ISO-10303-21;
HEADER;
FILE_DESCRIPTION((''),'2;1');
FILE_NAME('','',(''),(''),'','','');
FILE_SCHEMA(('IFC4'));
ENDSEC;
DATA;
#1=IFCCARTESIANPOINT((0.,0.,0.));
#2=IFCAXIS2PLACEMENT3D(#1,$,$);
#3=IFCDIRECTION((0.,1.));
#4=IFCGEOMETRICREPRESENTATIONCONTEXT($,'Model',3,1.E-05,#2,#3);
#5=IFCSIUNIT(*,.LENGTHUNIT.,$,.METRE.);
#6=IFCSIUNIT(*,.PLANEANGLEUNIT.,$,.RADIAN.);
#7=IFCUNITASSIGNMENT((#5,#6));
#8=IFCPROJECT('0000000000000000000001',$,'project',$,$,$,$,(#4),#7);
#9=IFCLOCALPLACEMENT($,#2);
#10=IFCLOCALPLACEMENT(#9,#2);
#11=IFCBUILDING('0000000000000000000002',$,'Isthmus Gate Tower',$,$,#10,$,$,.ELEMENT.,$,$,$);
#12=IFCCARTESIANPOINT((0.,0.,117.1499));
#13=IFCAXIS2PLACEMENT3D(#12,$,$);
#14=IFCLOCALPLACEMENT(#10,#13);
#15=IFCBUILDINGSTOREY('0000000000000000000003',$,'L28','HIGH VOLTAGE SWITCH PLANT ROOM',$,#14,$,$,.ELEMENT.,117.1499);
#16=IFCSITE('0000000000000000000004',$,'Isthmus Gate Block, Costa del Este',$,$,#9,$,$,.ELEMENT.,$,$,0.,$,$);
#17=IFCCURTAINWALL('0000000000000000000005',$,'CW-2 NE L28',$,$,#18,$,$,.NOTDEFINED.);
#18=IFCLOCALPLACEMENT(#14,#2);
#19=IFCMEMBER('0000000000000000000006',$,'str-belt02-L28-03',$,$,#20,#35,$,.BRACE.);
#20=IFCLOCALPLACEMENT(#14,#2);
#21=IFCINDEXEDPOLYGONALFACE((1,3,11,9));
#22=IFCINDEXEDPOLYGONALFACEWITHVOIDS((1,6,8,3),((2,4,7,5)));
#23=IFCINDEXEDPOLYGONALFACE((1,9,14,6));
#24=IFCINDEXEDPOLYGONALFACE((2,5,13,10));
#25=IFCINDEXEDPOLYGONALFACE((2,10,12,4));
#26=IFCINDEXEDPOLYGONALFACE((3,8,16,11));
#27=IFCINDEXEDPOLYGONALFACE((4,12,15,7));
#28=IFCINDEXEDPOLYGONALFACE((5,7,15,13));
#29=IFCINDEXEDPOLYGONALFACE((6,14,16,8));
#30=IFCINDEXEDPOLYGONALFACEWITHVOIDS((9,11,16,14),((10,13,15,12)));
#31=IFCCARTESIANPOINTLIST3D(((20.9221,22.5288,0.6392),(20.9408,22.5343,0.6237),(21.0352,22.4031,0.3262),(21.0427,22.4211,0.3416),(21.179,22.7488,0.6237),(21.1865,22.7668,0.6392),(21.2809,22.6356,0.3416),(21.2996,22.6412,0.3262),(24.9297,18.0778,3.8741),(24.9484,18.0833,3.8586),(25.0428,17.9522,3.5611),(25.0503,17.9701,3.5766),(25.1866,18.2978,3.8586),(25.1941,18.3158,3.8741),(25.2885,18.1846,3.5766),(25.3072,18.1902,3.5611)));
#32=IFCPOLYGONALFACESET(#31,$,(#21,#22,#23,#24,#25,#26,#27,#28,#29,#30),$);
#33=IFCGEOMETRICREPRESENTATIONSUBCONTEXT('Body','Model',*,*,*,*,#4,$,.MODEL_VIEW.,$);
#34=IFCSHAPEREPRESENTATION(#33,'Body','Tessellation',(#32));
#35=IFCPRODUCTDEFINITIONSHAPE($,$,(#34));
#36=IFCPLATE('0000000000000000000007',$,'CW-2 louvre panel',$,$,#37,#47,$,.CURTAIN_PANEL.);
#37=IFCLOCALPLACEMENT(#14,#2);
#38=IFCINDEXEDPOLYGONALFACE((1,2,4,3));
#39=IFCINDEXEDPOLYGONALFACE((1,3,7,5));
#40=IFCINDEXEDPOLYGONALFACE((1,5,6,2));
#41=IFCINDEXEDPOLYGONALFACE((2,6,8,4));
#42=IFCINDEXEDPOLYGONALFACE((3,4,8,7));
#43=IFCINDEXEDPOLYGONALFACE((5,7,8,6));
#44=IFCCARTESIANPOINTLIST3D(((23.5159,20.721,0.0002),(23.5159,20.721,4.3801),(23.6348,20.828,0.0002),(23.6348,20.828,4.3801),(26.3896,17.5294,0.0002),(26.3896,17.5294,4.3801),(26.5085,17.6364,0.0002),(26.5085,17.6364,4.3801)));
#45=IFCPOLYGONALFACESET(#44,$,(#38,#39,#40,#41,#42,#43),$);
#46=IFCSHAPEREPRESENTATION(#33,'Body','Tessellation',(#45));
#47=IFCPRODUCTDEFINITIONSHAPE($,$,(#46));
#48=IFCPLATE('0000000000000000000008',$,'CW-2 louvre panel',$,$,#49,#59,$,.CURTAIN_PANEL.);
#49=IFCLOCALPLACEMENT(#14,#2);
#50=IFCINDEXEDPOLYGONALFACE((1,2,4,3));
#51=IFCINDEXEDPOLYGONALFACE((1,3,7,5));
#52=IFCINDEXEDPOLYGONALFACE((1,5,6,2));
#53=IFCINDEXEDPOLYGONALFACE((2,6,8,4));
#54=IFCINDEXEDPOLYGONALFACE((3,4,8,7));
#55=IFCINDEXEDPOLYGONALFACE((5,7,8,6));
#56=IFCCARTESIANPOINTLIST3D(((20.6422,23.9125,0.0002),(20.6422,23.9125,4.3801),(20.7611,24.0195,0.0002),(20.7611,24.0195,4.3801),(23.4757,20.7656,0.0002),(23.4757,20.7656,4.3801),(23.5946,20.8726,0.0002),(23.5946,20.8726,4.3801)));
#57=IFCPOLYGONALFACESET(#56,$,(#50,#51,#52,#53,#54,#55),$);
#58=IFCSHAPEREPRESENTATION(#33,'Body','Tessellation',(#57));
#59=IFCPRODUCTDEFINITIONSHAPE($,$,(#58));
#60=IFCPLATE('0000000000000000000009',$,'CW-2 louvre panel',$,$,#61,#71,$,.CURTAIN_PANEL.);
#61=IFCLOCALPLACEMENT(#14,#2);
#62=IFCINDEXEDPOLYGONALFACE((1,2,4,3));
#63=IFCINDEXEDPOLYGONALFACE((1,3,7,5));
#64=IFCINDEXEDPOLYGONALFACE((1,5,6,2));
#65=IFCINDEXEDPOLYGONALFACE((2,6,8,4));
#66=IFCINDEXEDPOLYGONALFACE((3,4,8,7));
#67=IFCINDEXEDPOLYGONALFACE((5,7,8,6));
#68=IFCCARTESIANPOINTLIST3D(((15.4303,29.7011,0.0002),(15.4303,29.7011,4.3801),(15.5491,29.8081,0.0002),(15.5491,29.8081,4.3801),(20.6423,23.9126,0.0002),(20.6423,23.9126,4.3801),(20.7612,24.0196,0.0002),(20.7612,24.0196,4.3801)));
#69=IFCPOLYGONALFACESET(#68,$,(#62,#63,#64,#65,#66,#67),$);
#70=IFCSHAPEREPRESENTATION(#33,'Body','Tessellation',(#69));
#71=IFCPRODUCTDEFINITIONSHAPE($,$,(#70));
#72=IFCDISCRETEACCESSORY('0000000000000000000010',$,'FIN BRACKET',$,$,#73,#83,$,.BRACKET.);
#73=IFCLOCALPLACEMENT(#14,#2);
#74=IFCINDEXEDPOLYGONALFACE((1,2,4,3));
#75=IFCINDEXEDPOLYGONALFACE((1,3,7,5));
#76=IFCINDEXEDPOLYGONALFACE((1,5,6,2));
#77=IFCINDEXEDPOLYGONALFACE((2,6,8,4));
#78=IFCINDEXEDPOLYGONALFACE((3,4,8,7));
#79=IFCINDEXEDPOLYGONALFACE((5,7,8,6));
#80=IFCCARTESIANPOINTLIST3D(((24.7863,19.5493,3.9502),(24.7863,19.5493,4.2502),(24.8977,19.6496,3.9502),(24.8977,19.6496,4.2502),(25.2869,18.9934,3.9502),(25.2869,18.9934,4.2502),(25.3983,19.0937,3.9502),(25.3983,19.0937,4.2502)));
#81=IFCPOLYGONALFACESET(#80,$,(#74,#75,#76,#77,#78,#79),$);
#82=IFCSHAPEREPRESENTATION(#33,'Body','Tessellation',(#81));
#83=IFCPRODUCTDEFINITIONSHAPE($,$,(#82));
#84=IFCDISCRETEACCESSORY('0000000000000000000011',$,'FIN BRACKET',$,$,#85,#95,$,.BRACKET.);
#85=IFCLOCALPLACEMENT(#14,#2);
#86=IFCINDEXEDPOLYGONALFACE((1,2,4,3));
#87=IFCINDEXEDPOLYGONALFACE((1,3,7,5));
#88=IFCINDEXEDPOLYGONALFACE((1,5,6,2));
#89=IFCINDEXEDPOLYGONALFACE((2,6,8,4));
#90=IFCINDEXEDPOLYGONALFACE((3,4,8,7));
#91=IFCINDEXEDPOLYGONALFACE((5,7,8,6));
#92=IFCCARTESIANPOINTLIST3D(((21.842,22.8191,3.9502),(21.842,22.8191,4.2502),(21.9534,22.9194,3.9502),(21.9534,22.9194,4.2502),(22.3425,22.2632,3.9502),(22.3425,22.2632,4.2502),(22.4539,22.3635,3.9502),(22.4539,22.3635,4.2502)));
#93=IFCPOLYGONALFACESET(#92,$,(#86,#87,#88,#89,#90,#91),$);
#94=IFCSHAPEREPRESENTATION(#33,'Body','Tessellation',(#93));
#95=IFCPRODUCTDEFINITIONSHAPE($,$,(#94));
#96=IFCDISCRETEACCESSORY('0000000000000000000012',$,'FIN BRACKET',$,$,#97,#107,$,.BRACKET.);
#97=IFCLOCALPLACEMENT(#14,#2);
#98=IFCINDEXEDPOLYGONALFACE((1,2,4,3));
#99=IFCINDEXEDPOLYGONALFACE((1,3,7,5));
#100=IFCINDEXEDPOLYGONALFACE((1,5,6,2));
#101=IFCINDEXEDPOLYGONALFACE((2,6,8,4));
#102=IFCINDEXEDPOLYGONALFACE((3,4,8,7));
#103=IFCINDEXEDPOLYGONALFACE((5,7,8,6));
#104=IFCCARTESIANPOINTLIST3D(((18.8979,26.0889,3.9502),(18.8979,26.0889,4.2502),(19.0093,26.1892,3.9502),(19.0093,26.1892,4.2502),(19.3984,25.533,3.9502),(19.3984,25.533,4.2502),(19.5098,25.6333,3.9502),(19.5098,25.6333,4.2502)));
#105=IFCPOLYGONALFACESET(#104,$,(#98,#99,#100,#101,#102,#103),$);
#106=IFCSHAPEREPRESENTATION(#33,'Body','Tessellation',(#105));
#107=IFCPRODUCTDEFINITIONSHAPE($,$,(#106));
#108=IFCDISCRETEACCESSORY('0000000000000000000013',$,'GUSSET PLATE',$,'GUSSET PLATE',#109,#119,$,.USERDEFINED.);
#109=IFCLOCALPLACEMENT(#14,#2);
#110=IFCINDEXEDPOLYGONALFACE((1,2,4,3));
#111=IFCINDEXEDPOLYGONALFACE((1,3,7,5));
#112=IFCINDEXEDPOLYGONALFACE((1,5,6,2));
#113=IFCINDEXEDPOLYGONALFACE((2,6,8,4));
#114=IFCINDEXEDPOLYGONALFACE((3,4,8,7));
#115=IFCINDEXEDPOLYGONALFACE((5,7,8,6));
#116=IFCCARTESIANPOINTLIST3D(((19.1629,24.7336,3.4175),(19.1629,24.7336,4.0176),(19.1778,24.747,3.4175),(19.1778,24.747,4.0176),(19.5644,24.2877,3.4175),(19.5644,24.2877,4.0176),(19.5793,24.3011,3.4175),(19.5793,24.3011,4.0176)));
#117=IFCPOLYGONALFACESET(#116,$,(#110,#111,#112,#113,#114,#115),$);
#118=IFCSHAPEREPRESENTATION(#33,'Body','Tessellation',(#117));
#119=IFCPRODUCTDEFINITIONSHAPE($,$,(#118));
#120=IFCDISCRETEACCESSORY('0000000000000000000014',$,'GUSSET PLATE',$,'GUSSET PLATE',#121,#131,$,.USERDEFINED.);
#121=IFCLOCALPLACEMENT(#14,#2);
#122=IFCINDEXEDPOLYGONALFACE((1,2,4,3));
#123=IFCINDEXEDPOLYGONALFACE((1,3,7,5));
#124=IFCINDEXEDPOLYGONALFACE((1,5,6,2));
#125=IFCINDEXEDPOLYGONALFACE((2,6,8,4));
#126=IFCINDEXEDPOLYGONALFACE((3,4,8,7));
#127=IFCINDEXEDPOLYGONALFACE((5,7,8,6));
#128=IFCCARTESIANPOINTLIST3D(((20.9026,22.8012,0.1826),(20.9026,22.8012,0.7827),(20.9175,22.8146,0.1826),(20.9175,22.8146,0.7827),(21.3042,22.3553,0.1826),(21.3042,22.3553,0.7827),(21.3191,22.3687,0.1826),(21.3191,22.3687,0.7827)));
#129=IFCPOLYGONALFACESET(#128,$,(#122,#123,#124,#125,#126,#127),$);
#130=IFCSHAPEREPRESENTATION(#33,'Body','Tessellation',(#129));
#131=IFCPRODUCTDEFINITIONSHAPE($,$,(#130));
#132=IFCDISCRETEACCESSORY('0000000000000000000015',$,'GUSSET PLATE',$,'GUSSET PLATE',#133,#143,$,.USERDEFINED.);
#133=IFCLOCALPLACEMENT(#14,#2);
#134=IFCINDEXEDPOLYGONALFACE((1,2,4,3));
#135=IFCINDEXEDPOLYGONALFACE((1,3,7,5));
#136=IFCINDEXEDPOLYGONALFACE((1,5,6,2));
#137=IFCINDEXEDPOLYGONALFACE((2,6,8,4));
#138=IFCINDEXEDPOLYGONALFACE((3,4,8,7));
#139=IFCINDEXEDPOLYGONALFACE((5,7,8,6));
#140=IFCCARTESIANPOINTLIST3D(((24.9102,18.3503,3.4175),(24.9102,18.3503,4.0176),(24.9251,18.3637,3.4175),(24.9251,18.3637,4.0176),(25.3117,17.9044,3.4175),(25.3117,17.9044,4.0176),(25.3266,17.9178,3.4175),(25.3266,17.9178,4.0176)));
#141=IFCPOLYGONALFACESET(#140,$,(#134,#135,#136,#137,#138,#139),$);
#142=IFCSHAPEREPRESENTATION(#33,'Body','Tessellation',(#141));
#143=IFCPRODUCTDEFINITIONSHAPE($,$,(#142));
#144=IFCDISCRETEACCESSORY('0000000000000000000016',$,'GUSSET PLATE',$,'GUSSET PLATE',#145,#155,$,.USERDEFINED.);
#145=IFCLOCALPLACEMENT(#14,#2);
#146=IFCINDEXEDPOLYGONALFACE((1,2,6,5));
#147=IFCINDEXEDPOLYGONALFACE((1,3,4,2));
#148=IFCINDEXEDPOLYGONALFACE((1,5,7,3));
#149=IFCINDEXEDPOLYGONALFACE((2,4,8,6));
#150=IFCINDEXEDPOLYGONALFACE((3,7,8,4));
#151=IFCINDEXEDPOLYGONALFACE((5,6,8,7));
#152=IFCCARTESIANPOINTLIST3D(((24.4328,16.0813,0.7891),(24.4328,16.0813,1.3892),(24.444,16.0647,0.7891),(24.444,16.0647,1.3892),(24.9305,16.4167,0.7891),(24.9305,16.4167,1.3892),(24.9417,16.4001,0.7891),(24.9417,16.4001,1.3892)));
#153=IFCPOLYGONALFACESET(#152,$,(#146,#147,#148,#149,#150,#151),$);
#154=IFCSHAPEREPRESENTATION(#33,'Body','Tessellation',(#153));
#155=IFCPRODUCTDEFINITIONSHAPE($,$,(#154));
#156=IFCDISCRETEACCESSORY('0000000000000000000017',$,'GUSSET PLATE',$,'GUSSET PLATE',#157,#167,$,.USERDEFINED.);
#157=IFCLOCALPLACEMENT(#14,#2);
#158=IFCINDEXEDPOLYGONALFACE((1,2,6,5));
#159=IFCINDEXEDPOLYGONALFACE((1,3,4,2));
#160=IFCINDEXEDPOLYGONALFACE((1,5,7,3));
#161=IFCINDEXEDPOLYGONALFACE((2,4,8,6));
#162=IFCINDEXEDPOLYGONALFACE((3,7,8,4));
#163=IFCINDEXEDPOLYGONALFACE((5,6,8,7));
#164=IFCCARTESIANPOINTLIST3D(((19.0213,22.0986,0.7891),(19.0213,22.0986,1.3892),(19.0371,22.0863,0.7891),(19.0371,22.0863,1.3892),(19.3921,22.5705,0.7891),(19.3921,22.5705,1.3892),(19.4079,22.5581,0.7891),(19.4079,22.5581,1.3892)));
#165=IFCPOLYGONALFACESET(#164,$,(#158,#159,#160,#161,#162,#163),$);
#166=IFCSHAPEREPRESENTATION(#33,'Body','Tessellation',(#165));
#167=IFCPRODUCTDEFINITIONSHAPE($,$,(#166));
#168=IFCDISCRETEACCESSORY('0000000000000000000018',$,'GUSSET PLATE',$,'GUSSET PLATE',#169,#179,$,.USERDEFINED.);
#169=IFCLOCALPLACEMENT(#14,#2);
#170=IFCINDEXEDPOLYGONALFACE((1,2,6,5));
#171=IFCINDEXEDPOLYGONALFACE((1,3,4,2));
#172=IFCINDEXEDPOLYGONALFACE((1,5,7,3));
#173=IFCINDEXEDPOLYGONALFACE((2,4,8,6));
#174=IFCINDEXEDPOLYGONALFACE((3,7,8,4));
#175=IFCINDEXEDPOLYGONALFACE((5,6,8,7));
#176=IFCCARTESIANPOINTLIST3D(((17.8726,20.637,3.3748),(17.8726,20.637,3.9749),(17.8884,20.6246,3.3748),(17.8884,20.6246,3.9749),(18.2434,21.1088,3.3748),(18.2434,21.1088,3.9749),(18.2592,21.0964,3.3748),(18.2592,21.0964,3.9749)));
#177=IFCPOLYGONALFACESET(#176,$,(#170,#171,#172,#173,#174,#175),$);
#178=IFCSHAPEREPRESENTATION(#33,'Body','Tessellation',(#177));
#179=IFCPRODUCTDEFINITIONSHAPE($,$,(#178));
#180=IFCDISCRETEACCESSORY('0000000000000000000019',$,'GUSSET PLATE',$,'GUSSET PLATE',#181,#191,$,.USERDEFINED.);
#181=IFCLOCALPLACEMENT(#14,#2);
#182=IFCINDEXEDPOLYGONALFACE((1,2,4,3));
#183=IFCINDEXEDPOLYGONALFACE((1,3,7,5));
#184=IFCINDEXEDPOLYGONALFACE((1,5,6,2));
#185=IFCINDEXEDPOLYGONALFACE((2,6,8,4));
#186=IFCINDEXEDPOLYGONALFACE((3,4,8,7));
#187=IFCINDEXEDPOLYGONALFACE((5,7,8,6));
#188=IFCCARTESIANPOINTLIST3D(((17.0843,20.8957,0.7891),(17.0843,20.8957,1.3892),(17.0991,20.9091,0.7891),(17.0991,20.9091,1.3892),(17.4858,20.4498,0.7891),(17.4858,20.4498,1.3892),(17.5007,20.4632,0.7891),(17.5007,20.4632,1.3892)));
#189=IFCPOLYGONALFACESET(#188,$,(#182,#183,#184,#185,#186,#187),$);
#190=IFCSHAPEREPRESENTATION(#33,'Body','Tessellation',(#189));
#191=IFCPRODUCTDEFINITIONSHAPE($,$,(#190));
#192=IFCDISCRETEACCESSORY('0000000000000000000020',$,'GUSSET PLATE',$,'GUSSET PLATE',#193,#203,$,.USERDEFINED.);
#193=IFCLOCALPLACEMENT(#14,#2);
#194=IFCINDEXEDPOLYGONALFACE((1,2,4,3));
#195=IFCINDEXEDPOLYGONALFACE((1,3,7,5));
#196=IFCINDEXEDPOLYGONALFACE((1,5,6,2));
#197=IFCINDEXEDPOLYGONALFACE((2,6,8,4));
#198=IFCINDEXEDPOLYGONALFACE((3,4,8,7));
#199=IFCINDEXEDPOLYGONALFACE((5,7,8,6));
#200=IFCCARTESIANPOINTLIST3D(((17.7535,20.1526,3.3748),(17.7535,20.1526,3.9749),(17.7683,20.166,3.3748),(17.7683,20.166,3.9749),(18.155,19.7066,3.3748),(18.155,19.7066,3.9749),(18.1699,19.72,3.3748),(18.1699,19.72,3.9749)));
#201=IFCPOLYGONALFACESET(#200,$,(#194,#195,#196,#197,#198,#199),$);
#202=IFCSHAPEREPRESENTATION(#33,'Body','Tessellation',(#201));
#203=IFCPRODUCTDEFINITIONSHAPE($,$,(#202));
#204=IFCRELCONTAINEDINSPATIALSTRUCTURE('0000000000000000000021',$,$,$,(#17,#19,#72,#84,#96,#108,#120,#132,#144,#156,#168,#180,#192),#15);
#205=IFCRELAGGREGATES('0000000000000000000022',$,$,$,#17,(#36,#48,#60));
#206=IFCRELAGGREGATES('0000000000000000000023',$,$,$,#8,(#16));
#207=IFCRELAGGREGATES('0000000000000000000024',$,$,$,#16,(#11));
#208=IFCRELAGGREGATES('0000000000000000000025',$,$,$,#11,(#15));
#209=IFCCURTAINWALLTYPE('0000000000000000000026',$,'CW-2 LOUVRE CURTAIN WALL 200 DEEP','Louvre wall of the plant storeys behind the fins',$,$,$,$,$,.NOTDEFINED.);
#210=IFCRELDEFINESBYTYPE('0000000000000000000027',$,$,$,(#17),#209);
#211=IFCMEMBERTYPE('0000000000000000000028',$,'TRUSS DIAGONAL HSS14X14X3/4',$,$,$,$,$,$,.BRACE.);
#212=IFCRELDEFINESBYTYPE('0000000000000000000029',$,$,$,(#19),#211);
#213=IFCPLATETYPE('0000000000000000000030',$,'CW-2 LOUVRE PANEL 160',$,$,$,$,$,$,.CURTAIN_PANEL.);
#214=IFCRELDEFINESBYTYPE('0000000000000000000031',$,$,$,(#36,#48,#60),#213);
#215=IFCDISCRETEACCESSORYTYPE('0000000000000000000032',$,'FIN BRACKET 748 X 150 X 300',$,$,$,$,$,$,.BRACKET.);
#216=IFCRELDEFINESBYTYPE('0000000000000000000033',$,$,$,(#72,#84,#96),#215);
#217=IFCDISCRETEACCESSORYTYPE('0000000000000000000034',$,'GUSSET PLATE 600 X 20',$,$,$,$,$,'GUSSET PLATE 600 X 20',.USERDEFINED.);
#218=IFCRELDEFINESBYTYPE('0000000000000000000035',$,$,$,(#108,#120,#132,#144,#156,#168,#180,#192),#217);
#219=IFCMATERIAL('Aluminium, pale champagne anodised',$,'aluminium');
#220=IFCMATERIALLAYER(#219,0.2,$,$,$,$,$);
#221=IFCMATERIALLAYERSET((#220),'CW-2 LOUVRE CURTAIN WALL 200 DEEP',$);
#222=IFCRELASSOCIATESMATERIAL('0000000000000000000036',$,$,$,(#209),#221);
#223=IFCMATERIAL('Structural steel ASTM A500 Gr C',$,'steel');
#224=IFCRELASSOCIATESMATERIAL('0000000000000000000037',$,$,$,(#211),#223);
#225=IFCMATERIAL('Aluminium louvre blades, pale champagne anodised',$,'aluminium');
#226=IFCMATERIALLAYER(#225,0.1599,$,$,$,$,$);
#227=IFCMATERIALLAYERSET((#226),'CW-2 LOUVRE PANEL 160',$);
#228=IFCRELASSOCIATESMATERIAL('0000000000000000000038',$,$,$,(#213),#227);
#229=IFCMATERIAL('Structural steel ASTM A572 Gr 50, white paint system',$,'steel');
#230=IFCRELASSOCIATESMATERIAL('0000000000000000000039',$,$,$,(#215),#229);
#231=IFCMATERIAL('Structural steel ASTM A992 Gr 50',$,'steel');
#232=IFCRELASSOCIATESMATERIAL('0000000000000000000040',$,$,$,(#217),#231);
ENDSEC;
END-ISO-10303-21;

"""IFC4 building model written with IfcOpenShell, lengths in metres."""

from ifc_helpers import new_model, si_unit, direction, frame, origin, origin_2d, place, context, subcontext, project, spatial, rectangle, hollow_rectangle, extrude, material, layer, layer_set, material_profile, profile_set, type_object, element, aggregate, save


model = new_model("IFC4")

# Units and contexts
model_context = context("Model", 3, precision=1e-05, world=origin(), true_north=direction((0.0, 1.0)))
body_context = subcontext(model_context, "Body", "Model", "MODEL_VIEW")
ifc_project = project(units=[si_unit("LENGTHUNIT", "METRE"), si_unit("PLANEANGLEUNIT", "RADIAN")], contexts=[model_context])

# Site, building, storey
site_placement = place(None, origin())
site = spatial("IfcSite", under=ifc_project, at=site_placement, Name="Isthmus Gate Block, Costa del Este", CompositionType="ELEMENT", RefElevation=0.0)
building_placement = place(site_placement, origin())
building = spatial("IfcBuilding", under=site, at=building_placement, Name="Isthmus Gate Tower", CompositionType="ELEMENT")
storey_placement = place(building_placement, frame((0.0, 0.0, 117.1499)))
storey = spatial("IfcBuildingStorey", under=building, at=storey_placement, Name="L28", Description="HIGH VOLTAGE SWITCH PLANT ROOM", CompositionType="ELEMENT", Elevation=117.1499)

# Curtain wall
ifc_material_1 = material(Name="Aluminium, pale champagne anodised", Category="aluminium")
ifc_layer_1 = layer(ifc_material_1, 0.2)
ifc_layer_set_1 = layer_set([ifc_layer_1], Name="CW-2 LOUVRE CURTAIN WALL 200 DEEP")
curtain_wall_type = type_object("IfcCurtainWallType", Name="CW-2 LOUVRE CURTAIN WALL 200 DEEP", Description="Louvre wall of the plant storeys behind the fins", PredefinedType="NOTDEFINED", material=ifc_layer_set_1)
curtain_wall_placement = place(storey_placement, origin())
curtain_wall = element("IfcCurtainWall", 1, at=curtain_wall_placement, inside=storey, type_object=curtain_wall_type, Name="CW-2 NE L28", PredefinedType="NOTDEFINED")

# Member
ifc_material_2 = material(Name="Structural steel ASTM A500 Gr C", Category="steel")
ifc_material_profile_1 = material_profile(ifc_material_2, hollow_rectangle(XDim=0.3557, YDim=0.3557, WallThickness=0.0176, at=origin_2d()), Name="HSS14X14X3/4")
ifc_profile_set_1 = profile_set([ifc_material_profile_1], Name="Structural steel ASTM A500 Gr C")
member_type_1 = type_object("IfcMemberType", Name="TRUSS DIAGONAL HSS14X14X3/4", PredefinedType="BRACE", material=ifc_profile_set_1)
member_1_placement = place(storey_placement, frame((21.1108, 22.585, 0.4827), z_axis=(0.588739, -0.653872, 0.475224), x_axis=(0.74315, 0.669125, 0.0)))
element("IfcMember", 2, at=member_1_placement, inside=storey, type_object=member_type_1, Name="str-belt02-L28-03", PredefinedType="BRACE", context=body_context, shape_type="SweptSolid", body=[
    extrude(hollow_rectangle(XDim=0.3557, YDim=0.3557, WallThickness=0.0176, at=origin_2d()), origin(), (0.0, 0.0, 1.0), 6.8071),
])

# Plates
ifc_material_3 = material(Name="Aluminium louvre blades, pale champagne anodised", Category="aluminium")
ifc_layer_2 = layer(ifc_material_3, 0.1599)
ifc_layer_set_2 = layer_set([ifc_layer_2], Name="CW-2 LOUVRE PANEL 160")
plate_type = type_object("IfcPlateType", Name="CW-2 LOUVRE PANEL 160", PredefinedType="CURTAIN_PANEL", material=ifc_layer_set_2)
plate_1_placement = place(storey_placement, frame((25.0122, 19.1787, 0.0002), z_axis=(0.0, 0.0, 1.0), x_axis=(-0.669131, 0.743145, 0.0)))
plate_1 = element("IfcPlate", 3, at=plate_1_placement, type_object=plate_type, Name="CW-2 louvre panel", PredefinedType="CURTAIN_PANEL", context=body_context, shape_type="SweptSolid", body=[
    extrude(rectangle(XDim=4.2947, YDim=0.1599, at=origin_2d()), origin(), (0.0, 0.0, 1.0), 4.3799),
])
plate_2_placement = place(storey_placement, frame((22.1184, 22.3926, 0.0002), z_axis=(0.0, 0.0, 1.0), x_axis=(-0.669131, 0.743145, 0.0)))
plate_2 = element("IfcPlate", 4, at=plate_2_placement, type_object=plate_type, Name="CW-2 louvre panel", PredefinedType="CURTAIN_PANEL", context=body_context, shape_type="SweptSolid", body=[
    extrude(rectangle(XDim=4.2346, YDim=0.1599, at=origin_2d()), origin(), (0.0, 0.0, 1.0), 4.3799),
])
plate_3_placement = place(storey_placement, frame((18.0957, 26.8604, 0.0002), z_axis=(0.0, 0.0, 1.0), x_axis=(-0.669131, 0.743145, 0.0)))
plate_3 = element("IfcPlate", 5, at=plate_3_placement, type_object=plate_type, Name="CW-2 louvre panel", PredefinedType="CURTAIN_PANEL", context=body_context, shape_type="SweptSolid", body=[
    extrude(rectangle(XDim=7.7893, YDim=0.1599, at=origin_2d()), origin(), (0.0, 0.0, 1.0), 4.3799),
])
aggregate(curtain_wall, [plate_1, plate_2, plate_3])

# Discrete accessories
ifc_material_4 = material(Name="Structural steel ASTM A572 Gr 50, white paint system", Category="steel")
discrete_accessory_type_1 = type_object("IfcDiscreteAccessoryType", Name="FIN BRACKET 748 X 150 X 300", PredefinedType="BRACKET", material=ifc_material_4)
for number, where, z_axis, x_axis, name in (
    (6, (25.0923, 19.3215, 3.9502), (0.0, 0.0, 1.0), (0.743145, 0.669131, 0.0), "FIN BRACKET"),
    (7, (22.1479, 22.5913, 3.9502), (0.0, 0.0, 1.0), (0.743145, 0.669131, 0.0), "FIN BRACKET"),
    (8, (19.2039, 25.8611, 3.9502), (0.0, 0.0, 1.0), (0.743145, 0.669131, 0.0), "FIN BRACKET"),
):
    element("IfcDiscreteAccessory", number, at=place(storey_placement, frame(where, z_axis=z_axis, x_axis=x_axis)), inside=storey, type_object=discrete_accessory_type_1, Name=name, PredefinedType="BRACKET", context=body_context, shape_type="SweptSolid", body=[
        extrude(rectangle(XDim=0.1499, YDim=0.748, at=origin_2d()), origin(), (0.0, 0.0, 1.0), 0.3),
    ])
ifc_material_5 = material(Name="Structural steel ASTM A992 Gr 50", Category="steel")
discrete_accessory_type_2 = type_object("IfcDiscreteAccessoryType", Name="GUSSET PLATE 600 X 20", ElementType="GUSSET PLATE 600 X 20", PredefinedType="USERDEFINED", material=ifc_material_5)
for number, where, z_axis, x_axis, name in (
    (9, (19.3711, 24.5173, 3.4175), (0.0, 0.0, 1.0), (0.669131, -0.743145, 0.0), "GUSSET PLATE"),
    (10, (21.1108, 22.585, 0.1826), (0.0, 0.0, 1.0), (0.669131, -0.743145, 0.0), "GUSSET PLATE"),
    (11, (25.1184, 18.134, 3.4175), (0.0, 0.0, 1.0), (0.669131, -0.743145, 0.0), "GUSSET PLATE"),
    (12, (24.6873, 16.2407, 0.7891), (0.0, 0.0, 1.0), (-0.829275, -0.558841, 0.0), "GUSSET PLATE"),
    (13, (19.2146, 22.3284, 0.7891), (0.0, 0.0, 1.0), (-0.617903, -0.786254, 0.0), "GUSSET PLATE"),
    (14, (18.0659, 20.8667, 3.3748), (0.0, 0.0, 1.0), (-0.617903, -0.786254, 0.0), "GUSSET PLATE"),
    (15, (17.2925, 20.6794, 0.7891), (0.0, 0.0, 1.0), (-0.669131, 0.743145, 0.0), "GUSSET PLATE"),
    (16, (17.9617, 19.9363, 3.3748), (0.0, 0.0, 1.0), (-0.669131, 0.743145, 0.0), "GUSSET PLATE"),
):
    element("IfcDiscreteAccessory", number, at=place(storey_placement, frame(where, z_axis=z_axis, x_axis=x_axis)), inside=storey, type_object=discrete_accessory_type_2, Name=name, ObjectType="GUSSET PLATE", PredefinedType="USERDEFINED", context=body_context, shape_type="SweptSolid", body=[
        extrude(rectangle(XDim=0.6001, YDim=0.02, at=origin_2d()), origin(), (0.0, 0.0, 1.0), 0.6001),
    ])

save(model, "model.ifc")
